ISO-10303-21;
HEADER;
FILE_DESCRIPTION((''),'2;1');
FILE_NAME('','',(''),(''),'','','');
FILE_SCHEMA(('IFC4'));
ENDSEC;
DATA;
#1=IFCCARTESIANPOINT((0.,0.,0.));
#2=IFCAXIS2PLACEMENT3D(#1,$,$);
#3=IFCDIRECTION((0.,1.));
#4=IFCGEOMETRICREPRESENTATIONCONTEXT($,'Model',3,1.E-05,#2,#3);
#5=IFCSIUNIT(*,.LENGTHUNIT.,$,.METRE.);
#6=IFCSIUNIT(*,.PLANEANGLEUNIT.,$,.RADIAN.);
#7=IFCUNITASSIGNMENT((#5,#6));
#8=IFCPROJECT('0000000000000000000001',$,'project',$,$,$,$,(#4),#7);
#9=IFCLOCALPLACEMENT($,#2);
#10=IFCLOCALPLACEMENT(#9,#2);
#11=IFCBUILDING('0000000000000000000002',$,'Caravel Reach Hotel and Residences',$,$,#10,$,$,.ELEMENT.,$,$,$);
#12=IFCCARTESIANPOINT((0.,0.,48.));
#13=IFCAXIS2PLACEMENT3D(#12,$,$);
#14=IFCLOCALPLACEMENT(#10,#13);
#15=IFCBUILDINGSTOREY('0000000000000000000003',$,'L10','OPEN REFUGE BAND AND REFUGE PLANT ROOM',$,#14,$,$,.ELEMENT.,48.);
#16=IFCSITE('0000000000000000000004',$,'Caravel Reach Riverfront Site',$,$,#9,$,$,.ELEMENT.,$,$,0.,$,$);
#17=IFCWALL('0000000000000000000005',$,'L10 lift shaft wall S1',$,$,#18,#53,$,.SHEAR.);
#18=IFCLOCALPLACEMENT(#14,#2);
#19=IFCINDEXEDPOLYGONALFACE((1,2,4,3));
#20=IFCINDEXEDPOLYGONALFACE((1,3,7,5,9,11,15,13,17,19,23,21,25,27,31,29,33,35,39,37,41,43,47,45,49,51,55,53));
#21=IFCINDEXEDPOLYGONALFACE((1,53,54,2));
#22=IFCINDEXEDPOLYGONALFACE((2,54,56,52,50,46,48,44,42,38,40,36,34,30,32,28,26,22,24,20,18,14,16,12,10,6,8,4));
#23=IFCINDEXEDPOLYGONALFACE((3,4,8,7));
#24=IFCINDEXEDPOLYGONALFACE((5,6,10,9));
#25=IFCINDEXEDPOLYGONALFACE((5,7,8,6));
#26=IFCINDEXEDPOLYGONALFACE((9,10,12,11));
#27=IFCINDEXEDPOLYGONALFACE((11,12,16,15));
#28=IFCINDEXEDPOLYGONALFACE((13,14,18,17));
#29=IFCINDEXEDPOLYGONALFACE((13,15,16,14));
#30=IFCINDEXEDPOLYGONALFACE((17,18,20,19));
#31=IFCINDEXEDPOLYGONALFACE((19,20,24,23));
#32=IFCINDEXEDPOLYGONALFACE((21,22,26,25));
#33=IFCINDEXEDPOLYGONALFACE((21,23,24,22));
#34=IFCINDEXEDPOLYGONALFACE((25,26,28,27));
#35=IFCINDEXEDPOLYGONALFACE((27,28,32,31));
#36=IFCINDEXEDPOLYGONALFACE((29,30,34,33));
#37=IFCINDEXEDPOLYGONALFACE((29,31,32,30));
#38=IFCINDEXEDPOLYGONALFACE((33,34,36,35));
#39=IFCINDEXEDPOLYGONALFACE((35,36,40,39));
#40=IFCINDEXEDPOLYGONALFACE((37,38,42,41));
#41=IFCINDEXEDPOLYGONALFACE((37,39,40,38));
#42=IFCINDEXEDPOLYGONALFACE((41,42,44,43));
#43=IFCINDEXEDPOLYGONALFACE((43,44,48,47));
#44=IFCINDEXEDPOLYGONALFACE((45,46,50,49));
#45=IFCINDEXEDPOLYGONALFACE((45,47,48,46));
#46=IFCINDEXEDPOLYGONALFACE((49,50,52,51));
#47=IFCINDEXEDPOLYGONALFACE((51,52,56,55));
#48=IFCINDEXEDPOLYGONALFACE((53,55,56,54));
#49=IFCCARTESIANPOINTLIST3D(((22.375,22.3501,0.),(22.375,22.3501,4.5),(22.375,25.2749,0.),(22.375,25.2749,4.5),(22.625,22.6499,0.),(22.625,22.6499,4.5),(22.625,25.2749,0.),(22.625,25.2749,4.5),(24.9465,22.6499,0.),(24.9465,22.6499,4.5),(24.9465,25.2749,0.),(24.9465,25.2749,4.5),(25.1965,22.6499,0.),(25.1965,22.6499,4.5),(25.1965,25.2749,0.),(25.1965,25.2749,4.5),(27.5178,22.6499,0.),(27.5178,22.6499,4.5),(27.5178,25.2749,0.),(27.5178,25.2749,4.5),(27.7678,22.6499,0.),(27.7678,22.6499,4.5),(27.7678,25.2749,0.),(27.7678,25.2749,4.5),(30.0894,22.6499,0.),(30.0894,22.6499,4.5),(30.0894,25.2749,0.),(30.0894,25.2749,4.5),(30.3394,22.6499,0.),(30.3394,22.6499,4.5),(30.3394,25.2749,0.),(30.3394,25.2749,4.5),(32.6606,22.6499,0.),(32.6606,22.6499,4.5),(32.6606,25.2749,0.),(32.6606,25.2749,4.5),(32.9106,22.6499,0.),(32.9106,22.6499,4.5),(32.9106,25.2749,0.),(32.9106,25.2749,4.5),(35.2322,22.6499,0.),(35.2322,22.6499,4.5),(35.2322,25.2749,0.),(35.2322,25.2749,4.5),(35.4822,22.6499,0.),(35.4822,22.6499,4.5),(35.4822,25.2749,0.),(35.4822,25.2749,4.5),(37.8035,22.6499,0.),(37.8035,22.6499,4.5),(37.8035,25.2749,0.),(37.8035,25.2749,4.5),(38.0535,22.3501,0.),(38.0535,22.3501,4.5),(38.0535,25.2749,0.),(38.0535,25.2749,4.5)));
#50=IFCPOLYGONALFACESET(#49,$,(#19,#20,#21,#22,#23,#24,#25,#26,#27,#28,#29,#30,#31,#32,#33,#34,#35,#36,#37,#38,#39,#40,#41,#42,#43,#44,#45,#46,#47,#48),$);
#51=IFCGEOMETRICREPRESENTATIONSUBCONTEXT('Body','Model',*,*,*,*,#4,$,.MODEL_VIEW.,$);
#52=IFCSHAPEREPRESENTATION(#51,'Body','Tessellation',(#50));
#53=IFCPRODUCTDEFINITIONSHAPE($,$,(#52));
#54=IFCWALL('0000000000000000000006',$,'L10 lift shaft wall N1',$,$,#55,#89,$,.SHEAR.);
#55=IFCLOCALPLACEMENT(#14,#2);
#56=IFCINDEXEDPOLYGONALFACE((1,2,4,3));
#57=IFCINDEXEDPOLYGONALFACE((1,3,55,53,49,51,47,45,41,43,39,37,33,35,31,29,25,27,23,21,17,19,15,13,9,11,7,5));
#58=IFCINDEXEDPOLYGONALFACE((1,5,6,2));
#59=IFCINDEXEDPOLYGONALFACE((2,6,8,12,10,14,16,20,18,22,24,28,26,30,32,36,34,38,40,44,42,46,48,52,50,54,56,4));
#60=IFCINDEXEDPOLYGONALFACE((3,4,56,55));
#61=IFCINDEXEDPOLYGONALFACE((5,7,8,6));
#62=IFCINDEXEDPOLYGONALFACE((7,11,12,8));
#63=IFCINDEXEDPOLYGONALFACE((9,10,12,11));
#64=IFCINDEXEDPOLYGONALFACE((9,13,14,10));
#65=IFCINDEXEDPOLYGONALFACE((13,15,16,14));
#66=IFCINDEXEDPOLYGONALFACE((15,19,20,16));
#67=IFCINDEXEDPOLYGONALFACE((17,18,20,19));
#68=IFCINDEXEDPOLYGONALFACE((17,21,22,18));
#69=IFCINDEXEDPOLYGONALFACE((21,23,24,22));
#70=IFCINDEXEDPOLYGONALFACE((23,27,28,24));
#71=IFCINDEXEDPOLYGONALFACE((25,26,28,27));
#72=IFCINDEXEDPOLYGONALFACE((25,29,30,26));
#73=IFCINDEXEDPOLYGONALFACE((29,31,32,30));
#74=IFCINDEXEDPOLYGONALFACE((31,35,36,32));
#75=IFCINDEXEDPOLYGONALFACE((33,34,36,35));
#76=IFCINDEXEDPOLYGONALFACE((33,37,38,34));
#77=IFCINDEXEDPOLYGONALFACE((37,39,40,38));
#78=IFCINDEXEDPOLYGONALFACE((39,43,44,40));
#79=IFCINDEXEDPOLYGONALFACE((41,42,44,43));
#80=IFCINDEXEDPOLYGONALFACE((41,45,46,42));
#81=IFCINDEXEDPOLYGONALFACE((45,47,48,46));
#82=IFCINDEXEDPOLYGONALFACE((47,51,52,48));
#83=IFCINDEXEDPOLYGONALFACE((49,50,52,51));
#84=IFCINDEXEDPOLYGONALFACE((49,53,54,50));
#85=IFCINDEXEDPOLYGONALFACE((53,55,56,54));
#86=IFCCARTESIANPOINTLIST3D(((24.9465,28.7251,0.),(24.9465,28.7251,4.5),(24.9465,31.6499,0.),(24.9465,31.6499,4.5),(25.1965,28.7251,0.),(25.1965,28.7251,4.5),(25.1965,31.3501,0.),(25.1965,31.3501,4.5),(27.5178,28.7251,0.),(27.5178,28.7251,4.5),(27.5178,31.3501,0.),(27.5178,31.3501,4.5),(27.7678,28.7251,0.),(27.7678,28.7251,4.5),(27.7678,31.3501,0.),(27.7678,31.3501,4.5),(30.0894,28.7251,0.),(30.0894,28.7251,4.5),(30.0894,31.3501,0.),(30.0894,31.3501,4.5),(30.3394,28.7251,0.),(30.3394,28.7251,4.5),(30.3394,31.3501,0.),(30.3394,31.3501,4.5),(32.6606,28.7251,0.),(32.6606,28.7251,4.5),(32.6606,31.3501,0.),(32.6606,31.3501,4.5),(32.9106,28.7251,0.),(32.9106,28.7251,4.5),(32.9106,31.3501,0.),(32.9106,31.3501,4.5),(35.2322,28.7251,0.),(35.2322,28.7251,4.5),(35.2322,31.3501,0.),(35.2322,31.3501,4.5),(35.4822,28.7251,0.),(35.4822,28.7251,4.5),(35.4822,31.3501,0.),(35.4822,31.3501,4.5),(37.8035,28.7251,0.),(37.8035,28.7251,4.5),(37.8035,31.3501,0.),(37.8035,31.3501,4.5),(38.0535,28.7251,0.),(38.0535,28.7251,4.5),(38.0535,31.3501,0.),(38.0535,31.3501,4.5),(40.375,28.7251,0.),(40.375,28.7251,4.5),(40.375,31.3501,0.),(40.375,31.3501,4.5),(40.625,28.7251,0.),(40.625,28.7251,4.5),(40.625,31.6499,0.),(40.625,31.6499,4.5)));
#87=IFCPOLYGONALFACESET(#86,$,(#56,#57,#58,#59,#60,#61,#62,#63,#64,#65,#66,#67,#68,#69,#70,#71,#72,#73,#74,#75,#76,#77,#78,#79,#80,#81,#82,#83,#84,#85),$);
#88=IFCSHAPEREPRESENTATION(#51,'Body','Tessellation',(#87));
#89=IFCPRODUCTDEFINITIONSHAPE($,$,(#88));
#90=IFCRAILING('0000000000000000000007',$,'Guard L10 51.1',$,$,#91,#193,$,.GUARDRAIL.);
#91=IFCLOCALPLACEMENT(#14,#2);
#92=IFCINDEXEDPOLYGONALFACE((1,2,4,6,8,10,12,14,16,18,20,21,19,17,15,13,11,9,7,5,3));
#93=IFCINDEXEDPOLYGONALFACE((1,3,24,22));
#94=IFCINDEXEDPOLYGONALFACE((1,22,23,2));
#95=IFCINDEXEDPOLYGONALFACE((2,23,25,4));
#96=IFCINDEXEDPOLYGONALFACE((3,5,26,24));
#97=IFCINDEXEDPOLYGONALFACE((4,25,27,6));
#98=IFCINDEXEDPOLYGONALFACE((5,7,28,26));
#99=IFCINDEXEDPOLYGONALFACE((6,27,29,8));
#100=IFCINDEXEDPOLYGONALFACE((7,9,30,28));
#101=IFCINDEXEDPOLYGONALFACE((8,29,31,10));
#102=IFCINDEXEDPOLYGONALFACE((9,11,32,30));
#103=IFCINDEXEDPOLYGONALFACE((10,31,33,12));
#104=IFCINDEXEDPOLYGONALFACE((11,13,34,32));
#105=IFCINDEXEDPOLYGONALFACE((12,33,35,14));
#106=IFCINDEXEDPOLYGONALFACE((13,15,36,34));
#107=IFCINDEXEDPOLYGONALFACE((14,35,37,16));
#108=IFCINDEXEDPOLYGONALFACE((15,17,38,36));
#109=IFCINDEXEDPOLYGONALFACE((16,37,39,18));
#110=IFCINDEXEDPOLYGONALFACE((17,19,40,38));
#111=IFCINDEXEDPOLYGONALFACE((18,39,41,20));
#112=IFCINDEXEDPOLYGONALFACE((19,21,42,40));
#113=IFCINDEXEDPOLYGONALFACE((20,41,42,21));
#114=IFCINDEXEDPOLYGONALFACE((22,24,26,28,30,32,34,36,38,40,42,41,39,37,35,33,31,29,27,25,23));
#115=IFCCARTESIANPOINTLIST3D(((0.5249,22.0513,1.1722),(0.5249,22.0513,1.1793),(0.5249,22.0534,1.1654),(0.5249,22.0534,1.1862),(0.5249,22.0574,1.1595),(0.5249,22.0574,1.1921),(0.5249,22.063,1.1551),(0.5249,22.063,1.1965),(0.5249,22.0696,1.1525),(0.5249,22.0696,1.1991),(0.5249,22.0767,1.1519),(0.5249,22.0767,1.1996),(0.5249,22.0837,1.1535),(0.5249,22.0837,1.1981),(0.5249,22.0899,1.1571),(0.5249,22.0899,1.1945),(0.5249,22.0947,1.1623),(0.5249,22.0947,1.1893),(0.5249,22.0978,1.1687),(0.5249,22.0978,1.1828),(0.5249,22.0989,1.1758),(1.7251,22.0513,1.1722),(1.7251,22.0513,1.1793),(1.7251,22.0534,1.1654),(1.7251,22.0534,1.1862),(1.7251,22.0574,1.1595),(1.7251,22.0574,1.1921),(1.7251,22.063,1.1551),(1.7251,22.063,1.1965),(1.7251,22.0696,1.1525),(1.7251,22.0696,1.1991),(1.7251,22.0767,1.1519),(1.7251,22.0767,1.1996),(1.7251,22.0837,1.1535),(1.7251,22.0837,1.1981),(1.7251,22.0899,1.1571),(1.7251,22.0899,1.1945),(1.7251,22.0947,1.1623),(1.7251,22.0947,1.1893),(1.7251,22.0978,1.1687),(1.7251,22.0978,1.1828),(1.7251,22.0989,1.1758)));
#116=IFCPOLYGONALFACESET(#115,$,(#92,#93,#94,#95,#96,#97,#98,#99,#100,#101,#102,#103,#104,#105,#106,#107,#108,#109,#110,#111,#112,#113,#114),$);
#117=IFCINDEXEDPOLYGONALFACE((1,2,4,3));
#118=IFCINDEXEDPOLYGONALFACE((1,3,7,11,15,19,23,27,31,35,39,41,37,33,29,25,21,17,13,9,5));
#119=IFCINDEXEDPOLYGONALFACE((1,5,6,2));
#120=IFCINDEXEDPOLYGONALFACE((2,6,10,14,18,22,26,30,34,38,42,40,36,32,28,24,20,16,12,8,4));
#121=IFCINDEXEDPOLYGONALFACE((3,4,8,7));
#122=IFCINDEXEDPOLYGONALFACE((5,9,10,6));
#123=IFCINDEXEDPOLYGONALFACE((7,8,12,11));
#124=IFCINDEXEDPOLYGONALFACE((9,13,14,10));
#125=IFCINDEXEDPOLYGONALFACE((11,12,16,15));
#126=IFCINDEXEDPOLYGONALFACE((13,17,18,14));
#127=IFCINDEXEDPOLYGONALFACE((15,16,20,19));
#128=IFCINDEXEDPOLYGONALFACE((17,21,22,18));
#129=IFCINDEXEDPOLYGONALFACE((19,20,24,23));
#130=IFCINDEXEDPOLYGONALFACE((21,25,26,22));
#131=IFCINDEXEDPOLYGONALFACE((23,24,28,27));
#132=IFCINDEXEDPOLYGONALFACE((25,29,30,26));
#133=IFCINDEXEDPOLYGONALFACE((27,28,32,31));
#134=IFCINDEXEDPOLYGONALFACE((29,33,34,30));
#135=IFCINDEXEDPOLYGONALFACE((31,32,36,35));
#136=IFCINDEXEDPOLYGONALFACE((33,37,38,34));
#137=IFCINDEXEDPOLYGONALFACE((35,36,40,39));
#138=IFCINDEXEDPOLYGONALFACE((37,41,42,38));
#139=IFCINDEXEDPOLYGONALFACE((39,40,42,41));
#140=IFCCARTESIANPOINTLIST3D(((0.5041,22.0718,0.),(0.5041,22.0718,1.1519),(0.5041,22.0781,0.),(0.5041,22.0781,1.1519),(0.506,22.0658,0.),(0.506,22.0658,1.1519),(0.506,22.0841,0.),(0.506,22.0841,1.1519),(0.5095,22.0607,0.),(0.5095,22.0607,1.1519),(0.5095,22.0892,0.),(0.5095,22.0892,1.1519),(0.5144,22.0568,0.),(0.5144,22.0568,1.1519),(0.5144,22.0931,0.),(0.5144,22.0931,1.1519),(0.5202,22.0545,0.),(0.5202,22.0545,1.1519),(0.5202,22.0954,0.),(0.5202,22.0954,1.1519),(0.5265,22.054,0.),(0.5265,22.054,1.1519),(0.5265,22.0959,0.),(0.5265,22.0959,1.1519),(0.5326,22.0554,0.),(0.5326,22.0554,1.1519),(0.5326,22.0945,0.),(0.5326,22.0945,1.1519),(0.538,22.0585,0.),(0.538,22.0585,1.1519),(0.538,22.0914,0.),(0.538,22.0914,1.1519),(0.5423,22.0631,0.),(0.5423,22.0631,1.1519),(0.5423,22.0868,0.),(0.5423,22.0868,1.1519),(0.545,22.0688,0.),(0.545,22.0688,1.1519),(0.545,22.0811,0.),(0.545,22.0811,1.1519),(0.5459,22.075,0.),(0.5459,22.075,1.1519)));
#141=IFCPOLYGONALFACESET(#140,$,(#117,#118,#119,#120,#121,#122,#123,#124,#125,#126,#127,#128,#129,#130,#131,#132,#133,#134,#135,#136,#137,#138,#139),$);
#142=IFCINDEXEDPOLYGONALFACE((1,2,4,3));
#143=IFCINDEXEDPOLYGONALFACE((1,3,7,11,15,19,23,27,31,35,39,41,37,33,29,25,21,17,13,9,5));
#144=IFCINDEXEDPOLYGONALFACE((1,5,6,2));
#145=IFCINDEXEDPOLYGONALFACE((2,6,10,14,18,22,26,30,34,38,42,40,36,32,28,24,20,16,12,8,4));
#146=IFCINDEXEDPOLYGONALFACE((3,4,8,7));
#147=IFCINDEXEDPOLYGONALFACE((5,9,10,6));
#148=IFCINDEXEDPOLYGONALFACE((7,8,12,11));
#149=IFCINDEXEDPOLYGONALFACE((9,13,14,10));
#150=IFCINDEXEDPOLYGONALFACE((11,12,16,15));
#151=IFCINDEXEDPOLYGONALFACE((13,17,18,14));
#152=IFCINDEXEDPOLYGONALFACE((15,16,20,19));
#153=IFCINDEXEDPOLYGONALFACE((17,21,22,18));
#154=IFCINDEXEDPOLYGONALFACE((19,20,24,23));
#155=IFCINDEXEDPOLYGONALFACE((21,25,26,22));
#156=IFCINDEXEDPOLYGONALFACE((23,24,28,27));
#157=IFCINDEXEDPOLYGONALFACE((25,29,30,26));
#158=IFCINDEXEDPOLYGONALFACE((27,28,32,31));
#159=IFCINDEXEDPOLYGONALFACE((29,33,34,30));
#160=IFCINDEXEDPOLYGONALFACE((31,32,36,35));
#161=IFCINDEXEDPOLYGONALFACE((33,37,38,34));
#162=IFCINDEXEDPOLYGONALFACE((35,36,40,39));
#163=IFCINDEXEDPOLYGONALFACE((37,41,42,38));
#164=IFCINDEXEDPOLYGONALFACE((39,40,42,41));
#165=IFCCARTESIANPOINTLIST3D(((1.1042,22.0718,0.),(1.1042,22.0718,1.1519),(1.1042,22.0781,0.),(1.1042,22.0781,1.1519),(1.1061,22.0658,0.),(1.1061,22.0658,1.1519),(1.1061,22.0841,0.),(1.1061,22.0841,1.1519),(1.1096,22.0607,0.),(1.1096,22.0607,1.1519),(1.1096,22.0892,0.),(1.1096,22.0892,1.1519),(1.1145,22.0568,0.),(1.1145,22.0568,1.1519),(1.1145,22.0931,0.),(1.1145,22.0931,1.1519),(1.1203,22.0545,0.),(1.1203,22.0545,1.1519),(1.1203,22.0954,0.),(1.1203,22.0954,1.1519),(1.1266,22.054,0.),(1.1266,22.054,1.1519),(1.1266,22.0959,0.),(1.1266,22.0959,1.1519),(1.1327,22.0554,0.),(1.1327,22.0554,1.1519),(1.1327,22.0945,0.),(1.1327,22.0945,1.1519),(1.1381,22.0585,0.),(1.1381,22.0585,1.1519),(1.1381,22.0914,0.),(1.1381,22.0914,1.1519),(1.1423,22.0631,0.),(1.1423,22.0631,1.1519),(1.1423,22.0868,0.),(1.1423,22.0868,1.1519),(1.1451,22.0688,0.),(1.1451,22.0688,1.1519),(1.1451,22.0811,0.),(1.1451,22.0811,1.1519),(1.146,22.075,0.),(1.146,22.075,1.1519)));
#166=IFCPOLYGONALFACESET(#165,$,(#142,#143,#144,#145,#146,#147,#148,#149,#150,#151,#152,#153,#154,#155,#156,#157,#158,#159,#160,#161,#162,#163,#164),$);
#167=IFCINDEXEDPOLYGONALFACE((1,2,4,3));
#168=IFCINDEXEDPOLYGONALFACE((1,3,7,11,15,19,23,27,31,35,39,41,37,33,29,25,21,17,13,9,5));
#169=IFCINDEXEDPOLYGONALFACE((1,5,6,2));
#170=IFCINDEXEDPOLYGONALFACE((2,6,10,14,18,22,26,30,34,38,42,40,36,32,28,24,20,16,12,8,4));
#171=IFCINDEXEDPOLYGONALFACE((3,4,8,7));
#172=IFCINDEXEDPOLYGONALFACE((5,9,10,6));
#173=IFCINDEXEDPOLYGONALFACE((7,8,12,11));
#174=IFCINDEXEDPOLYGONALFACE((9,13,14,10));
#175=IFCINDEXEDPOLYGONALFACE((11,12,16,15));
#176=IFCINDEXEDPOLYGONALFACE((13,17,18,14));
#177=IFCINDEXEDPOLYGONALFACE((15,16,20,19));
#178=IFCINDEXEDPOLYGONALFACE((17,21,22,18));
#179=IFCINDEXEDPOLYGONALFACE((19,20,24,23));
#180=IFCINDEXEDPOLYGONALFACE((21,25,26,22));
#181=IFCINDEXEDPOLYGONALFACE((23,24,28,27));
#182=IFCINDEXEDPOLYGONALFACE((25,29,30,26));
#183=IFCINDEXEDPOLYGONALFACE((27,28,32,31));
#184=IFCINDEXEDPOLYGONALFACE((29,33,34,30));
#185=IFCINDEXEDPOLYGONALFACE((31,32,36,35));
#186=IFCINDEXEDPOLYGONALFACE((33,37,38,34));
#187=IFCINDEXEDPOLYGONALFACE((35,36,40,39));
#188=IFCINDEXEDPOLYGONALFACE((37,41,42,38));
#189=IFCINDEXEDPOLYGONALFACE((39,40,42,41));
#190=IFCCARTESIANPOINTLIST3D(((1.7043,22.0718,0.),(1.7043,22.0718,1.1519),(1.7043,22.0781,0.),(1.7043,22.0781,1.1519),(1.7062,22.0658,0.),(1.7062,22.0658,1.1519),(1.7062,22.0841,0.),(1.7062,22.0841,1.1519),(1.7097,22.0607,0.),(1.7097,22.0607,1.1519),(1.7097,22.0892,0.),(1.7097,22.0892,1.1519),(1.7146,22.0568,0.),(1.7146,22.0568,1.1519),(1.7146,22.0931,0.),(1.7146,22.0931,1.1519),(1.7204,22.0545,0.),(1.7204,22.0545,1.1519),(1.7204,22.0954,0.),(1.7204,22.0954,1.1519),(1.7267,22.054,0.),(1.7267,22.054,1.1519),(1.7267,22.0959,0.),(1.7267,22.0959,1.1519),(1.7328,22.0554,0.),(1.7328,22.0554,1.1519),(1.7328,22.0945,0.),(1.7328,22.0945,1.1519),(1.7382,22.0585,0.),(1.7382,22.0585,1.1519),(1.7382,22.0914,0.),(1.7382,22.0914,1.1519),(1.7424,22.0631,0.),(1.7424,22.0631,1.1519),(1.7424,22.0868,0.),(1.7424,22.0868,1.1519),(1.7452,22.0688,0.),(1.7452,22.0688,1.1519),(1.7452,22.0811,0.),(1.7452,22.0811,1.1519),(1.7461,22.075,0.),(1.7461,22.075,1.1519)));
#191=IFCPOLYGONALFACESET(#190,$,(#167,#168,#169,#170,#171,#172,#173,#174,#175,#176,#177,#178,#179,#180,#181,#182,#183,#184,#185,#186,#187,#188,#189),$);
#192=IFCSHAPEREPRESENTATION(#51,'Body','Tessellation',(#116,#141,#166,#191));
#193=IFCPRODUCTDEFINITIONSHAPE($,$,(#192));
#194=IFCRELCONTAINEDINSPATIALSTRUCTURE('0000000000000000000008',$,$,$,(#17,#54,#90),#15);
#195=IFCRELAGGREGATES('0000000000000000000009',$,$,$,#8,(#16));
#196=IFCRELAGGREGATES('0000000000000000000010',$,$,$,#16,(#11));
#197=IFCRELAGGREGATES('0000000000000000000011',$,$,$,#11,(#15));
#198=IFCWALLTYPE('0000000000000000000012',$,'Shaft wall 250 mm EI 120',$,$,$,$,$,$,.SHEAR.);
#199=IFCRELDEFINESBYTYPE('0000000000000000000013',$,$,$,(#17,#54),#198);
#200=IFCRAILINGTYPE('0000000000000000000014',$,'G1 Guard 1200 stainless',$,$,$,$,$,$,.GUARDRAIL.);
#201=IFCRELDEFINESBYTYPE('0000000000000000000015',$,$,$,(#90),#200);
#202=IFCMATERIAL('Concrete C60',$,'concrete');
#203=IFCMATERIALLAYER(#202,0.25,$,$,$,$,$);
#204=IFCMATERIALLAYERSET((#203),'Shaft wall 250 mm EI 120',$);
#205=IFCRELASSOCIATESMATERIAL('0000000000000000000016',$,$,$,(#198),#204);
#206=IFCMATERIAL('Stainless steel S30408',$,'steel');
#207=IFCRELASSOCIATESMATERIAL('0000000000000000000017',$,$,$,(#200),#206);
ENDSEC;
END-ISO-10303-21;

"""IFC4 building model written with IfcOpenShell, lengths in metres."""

from ifc_helpers import new_model, si_unit, direction, frame, origin, origin_2d, place, context, subcontext, project, spatial, polyline, circle, outline, extrude, material, layer, layer_set, type_object, element, save


model = new_model("IFC4")

# Units and contexts
model_context = context("Model", 3, precision=1e-05, world=origin(), true_north=direction((0.0, 1.0)))
body_context = subcontext(model_context, "Body", "Model", "MODEL_VIEW")
ifc_project = project(units=[si_unit("LENGTHUNIT", "METRE"), si_unit("PLANEANGLEUNIT", "RADIAN")], contexts=[model_context])

# Site, building, storey
site_placement = place(None, origin())
site = spatial("IfcSite", under=ifc_project, at=site_placement, Name="Caravel Reach Riverfront Site", CompositionType="ELEMENT", RefElevation=0.0)
building_placement = place(site_placement, origin())
building = spatial("IfcBuilding", under=site, at=building_placement, Name="Caravel Reach Hotel and Residences", CompositionType="ELEMENT")
storey_placement = place(building_placement, frame((0.0, 0.0, 48.0)))
storey = spatial("IfcBuildingStorey", under=building, at=storey_placement, Name="L10", Description="OPEN REFUGE BAND AND REFUGE PLANT ROOM", CompositionType="ELEMENT", Elevation=48.0)

# Walls
ifc_material_1 = material(Name="Concrete C60", Category="concrete")
ifc_layer_1 = layer(ifc_material_1, 0.25)
ifc_layer_set_1 = layer_set([ifc_layer_1], Name="Shaft wall 250 mm EI 120")
wall_type_1 = type_object("IfcWallType", Name="Shaft wall 250 mm EI 120", PredefinedType="SHEAR", material=ifc_layer_set_1)
wall_1_placement = place(storey_placement, origin())
element("IfcWall", 1, at=wall_1_placement, inside=storey, type_object=wall_type_1, Name="L10 lift shaft wall S1", PredefinedType="SHEAR", context=body_context, shape_type="SweptSolid", body=[
    extrude(outline(polyline([(22.375, 22.3501), (38.0535, 22.3501), (38.0535, 25.2749), (37.8035, 25.2749), (37.8035, 22.6499), (35.4822, 22.6499), (35.4822, 25.2749), (35.2322, 25.2749), (35.2322, 22.6499), (32.9106, 22.6499), (32.9106, 25.2749), (32.6606, 25.2749), (32.6606, 22.6499), (30.3394, 22.6499), (30.3394, 25.2749), (30.0894, 25.2749), (30.0894, 22.6499), (27.7678, 22.6499), (27.7678, 25.2749), (27.5178, 25.2749), (27.5178, 22.6499), (25.1965, 22.6499), (25.1965, 25.2749), (24.9465, 25.2749), (24.9465, 22.6499), (22.625, 22.6499), (22.625, 25.2749), (22.375, 25.2749), (22.375, 22.3501)])), origin(), (0.0, 0.0, 1.0), 4.5),
])
wall_2_placement = place(storey_placement, origin())
element("IfcWall", 2, at=wall_2_placement, inside=storey, type_object=wall_type_1, Name="L10 lift shaft wall N1", PredefinedType="SHEAR", context=body_context, shape_type="SweptSolid", body=[
    extrude(outline(polyline([(24.9465, 28.7251), (25.1965, 28.7251), (25.1965, 31.3501), (27.5178, 31.3501), (27.5178, 28.7251), (27.7678, 28.7251), (27.7678, 31.3501), (30.0894, 31.3501), (30.0894, 28.7251), (30.3394, 28.7251), (30.3394, 31.3501), (32.6606, 31.3501), (32.6606, 28.7251), (32.9106, 28.7251), (32.9106, 31.3501), (35.2322, 31.3501), (35.2322, 28.7251), (35.4822, 28.7251), (35.4822, 31.3501), (37.8035, 31.3501), (37.8035, 28.7251), (38.0535, 28.7251), (38.0535, 31.3501), (40.375, 31.3501), (40.375, 28.7251), (40.625, 28.7251), (40.625, 31.6499), (24.9465, 31.6499), (24.9465, 28.7251)])), origin(), (0.0, 0.0, 1.0), 4.5),
])

# Railing
ifc_material_2 = material(Name="Stainless steel S30408", Category="steel")
railing_type = type_object("IfcRailingType", Name="G1 Guard 1200 stainless", PredefinedType="GUARDRAIL", material=ifc_material_2)
railing_1_placement = place(storey_placement, frame((0.5249, 22.075, 0.0)))
element("IfcRailing", 3, at=railing_1_placement, inside=storey, type_object=railing_type, Name="Guard L10 51.1", PredefinedType="GUARDRAIL", context=body_context, shape_type="SweptSolid", body=[
    extrude(circle(Radius=0.0239, at=origin_2d()), frame((0.0, 0.0, 1.1758), z_axis=(1.0, 0.0, 0.0), x_axis=(0.0, 1.0, 0.0)), (0.0, 0.0, 1.0), 1.2002),
    extrude(circle(Radius=0.021, at=origin_2d()), origin(), (0.0, 0.0, 1.0), 1.1519),
    extrude(circle(Radius=0.021, at=origin_2d()), frame((0.6001, 0.0, 0.0)), (0.0, 0.0, 1.0), 1.1519),
    extrude(circle(Radius=0.021, at=origin_2d()), frame((1.2002, 0.0, 0.0)), (0.0, 0.0, 1.0), 1.1519),
])

save(model, "model.ifc")
